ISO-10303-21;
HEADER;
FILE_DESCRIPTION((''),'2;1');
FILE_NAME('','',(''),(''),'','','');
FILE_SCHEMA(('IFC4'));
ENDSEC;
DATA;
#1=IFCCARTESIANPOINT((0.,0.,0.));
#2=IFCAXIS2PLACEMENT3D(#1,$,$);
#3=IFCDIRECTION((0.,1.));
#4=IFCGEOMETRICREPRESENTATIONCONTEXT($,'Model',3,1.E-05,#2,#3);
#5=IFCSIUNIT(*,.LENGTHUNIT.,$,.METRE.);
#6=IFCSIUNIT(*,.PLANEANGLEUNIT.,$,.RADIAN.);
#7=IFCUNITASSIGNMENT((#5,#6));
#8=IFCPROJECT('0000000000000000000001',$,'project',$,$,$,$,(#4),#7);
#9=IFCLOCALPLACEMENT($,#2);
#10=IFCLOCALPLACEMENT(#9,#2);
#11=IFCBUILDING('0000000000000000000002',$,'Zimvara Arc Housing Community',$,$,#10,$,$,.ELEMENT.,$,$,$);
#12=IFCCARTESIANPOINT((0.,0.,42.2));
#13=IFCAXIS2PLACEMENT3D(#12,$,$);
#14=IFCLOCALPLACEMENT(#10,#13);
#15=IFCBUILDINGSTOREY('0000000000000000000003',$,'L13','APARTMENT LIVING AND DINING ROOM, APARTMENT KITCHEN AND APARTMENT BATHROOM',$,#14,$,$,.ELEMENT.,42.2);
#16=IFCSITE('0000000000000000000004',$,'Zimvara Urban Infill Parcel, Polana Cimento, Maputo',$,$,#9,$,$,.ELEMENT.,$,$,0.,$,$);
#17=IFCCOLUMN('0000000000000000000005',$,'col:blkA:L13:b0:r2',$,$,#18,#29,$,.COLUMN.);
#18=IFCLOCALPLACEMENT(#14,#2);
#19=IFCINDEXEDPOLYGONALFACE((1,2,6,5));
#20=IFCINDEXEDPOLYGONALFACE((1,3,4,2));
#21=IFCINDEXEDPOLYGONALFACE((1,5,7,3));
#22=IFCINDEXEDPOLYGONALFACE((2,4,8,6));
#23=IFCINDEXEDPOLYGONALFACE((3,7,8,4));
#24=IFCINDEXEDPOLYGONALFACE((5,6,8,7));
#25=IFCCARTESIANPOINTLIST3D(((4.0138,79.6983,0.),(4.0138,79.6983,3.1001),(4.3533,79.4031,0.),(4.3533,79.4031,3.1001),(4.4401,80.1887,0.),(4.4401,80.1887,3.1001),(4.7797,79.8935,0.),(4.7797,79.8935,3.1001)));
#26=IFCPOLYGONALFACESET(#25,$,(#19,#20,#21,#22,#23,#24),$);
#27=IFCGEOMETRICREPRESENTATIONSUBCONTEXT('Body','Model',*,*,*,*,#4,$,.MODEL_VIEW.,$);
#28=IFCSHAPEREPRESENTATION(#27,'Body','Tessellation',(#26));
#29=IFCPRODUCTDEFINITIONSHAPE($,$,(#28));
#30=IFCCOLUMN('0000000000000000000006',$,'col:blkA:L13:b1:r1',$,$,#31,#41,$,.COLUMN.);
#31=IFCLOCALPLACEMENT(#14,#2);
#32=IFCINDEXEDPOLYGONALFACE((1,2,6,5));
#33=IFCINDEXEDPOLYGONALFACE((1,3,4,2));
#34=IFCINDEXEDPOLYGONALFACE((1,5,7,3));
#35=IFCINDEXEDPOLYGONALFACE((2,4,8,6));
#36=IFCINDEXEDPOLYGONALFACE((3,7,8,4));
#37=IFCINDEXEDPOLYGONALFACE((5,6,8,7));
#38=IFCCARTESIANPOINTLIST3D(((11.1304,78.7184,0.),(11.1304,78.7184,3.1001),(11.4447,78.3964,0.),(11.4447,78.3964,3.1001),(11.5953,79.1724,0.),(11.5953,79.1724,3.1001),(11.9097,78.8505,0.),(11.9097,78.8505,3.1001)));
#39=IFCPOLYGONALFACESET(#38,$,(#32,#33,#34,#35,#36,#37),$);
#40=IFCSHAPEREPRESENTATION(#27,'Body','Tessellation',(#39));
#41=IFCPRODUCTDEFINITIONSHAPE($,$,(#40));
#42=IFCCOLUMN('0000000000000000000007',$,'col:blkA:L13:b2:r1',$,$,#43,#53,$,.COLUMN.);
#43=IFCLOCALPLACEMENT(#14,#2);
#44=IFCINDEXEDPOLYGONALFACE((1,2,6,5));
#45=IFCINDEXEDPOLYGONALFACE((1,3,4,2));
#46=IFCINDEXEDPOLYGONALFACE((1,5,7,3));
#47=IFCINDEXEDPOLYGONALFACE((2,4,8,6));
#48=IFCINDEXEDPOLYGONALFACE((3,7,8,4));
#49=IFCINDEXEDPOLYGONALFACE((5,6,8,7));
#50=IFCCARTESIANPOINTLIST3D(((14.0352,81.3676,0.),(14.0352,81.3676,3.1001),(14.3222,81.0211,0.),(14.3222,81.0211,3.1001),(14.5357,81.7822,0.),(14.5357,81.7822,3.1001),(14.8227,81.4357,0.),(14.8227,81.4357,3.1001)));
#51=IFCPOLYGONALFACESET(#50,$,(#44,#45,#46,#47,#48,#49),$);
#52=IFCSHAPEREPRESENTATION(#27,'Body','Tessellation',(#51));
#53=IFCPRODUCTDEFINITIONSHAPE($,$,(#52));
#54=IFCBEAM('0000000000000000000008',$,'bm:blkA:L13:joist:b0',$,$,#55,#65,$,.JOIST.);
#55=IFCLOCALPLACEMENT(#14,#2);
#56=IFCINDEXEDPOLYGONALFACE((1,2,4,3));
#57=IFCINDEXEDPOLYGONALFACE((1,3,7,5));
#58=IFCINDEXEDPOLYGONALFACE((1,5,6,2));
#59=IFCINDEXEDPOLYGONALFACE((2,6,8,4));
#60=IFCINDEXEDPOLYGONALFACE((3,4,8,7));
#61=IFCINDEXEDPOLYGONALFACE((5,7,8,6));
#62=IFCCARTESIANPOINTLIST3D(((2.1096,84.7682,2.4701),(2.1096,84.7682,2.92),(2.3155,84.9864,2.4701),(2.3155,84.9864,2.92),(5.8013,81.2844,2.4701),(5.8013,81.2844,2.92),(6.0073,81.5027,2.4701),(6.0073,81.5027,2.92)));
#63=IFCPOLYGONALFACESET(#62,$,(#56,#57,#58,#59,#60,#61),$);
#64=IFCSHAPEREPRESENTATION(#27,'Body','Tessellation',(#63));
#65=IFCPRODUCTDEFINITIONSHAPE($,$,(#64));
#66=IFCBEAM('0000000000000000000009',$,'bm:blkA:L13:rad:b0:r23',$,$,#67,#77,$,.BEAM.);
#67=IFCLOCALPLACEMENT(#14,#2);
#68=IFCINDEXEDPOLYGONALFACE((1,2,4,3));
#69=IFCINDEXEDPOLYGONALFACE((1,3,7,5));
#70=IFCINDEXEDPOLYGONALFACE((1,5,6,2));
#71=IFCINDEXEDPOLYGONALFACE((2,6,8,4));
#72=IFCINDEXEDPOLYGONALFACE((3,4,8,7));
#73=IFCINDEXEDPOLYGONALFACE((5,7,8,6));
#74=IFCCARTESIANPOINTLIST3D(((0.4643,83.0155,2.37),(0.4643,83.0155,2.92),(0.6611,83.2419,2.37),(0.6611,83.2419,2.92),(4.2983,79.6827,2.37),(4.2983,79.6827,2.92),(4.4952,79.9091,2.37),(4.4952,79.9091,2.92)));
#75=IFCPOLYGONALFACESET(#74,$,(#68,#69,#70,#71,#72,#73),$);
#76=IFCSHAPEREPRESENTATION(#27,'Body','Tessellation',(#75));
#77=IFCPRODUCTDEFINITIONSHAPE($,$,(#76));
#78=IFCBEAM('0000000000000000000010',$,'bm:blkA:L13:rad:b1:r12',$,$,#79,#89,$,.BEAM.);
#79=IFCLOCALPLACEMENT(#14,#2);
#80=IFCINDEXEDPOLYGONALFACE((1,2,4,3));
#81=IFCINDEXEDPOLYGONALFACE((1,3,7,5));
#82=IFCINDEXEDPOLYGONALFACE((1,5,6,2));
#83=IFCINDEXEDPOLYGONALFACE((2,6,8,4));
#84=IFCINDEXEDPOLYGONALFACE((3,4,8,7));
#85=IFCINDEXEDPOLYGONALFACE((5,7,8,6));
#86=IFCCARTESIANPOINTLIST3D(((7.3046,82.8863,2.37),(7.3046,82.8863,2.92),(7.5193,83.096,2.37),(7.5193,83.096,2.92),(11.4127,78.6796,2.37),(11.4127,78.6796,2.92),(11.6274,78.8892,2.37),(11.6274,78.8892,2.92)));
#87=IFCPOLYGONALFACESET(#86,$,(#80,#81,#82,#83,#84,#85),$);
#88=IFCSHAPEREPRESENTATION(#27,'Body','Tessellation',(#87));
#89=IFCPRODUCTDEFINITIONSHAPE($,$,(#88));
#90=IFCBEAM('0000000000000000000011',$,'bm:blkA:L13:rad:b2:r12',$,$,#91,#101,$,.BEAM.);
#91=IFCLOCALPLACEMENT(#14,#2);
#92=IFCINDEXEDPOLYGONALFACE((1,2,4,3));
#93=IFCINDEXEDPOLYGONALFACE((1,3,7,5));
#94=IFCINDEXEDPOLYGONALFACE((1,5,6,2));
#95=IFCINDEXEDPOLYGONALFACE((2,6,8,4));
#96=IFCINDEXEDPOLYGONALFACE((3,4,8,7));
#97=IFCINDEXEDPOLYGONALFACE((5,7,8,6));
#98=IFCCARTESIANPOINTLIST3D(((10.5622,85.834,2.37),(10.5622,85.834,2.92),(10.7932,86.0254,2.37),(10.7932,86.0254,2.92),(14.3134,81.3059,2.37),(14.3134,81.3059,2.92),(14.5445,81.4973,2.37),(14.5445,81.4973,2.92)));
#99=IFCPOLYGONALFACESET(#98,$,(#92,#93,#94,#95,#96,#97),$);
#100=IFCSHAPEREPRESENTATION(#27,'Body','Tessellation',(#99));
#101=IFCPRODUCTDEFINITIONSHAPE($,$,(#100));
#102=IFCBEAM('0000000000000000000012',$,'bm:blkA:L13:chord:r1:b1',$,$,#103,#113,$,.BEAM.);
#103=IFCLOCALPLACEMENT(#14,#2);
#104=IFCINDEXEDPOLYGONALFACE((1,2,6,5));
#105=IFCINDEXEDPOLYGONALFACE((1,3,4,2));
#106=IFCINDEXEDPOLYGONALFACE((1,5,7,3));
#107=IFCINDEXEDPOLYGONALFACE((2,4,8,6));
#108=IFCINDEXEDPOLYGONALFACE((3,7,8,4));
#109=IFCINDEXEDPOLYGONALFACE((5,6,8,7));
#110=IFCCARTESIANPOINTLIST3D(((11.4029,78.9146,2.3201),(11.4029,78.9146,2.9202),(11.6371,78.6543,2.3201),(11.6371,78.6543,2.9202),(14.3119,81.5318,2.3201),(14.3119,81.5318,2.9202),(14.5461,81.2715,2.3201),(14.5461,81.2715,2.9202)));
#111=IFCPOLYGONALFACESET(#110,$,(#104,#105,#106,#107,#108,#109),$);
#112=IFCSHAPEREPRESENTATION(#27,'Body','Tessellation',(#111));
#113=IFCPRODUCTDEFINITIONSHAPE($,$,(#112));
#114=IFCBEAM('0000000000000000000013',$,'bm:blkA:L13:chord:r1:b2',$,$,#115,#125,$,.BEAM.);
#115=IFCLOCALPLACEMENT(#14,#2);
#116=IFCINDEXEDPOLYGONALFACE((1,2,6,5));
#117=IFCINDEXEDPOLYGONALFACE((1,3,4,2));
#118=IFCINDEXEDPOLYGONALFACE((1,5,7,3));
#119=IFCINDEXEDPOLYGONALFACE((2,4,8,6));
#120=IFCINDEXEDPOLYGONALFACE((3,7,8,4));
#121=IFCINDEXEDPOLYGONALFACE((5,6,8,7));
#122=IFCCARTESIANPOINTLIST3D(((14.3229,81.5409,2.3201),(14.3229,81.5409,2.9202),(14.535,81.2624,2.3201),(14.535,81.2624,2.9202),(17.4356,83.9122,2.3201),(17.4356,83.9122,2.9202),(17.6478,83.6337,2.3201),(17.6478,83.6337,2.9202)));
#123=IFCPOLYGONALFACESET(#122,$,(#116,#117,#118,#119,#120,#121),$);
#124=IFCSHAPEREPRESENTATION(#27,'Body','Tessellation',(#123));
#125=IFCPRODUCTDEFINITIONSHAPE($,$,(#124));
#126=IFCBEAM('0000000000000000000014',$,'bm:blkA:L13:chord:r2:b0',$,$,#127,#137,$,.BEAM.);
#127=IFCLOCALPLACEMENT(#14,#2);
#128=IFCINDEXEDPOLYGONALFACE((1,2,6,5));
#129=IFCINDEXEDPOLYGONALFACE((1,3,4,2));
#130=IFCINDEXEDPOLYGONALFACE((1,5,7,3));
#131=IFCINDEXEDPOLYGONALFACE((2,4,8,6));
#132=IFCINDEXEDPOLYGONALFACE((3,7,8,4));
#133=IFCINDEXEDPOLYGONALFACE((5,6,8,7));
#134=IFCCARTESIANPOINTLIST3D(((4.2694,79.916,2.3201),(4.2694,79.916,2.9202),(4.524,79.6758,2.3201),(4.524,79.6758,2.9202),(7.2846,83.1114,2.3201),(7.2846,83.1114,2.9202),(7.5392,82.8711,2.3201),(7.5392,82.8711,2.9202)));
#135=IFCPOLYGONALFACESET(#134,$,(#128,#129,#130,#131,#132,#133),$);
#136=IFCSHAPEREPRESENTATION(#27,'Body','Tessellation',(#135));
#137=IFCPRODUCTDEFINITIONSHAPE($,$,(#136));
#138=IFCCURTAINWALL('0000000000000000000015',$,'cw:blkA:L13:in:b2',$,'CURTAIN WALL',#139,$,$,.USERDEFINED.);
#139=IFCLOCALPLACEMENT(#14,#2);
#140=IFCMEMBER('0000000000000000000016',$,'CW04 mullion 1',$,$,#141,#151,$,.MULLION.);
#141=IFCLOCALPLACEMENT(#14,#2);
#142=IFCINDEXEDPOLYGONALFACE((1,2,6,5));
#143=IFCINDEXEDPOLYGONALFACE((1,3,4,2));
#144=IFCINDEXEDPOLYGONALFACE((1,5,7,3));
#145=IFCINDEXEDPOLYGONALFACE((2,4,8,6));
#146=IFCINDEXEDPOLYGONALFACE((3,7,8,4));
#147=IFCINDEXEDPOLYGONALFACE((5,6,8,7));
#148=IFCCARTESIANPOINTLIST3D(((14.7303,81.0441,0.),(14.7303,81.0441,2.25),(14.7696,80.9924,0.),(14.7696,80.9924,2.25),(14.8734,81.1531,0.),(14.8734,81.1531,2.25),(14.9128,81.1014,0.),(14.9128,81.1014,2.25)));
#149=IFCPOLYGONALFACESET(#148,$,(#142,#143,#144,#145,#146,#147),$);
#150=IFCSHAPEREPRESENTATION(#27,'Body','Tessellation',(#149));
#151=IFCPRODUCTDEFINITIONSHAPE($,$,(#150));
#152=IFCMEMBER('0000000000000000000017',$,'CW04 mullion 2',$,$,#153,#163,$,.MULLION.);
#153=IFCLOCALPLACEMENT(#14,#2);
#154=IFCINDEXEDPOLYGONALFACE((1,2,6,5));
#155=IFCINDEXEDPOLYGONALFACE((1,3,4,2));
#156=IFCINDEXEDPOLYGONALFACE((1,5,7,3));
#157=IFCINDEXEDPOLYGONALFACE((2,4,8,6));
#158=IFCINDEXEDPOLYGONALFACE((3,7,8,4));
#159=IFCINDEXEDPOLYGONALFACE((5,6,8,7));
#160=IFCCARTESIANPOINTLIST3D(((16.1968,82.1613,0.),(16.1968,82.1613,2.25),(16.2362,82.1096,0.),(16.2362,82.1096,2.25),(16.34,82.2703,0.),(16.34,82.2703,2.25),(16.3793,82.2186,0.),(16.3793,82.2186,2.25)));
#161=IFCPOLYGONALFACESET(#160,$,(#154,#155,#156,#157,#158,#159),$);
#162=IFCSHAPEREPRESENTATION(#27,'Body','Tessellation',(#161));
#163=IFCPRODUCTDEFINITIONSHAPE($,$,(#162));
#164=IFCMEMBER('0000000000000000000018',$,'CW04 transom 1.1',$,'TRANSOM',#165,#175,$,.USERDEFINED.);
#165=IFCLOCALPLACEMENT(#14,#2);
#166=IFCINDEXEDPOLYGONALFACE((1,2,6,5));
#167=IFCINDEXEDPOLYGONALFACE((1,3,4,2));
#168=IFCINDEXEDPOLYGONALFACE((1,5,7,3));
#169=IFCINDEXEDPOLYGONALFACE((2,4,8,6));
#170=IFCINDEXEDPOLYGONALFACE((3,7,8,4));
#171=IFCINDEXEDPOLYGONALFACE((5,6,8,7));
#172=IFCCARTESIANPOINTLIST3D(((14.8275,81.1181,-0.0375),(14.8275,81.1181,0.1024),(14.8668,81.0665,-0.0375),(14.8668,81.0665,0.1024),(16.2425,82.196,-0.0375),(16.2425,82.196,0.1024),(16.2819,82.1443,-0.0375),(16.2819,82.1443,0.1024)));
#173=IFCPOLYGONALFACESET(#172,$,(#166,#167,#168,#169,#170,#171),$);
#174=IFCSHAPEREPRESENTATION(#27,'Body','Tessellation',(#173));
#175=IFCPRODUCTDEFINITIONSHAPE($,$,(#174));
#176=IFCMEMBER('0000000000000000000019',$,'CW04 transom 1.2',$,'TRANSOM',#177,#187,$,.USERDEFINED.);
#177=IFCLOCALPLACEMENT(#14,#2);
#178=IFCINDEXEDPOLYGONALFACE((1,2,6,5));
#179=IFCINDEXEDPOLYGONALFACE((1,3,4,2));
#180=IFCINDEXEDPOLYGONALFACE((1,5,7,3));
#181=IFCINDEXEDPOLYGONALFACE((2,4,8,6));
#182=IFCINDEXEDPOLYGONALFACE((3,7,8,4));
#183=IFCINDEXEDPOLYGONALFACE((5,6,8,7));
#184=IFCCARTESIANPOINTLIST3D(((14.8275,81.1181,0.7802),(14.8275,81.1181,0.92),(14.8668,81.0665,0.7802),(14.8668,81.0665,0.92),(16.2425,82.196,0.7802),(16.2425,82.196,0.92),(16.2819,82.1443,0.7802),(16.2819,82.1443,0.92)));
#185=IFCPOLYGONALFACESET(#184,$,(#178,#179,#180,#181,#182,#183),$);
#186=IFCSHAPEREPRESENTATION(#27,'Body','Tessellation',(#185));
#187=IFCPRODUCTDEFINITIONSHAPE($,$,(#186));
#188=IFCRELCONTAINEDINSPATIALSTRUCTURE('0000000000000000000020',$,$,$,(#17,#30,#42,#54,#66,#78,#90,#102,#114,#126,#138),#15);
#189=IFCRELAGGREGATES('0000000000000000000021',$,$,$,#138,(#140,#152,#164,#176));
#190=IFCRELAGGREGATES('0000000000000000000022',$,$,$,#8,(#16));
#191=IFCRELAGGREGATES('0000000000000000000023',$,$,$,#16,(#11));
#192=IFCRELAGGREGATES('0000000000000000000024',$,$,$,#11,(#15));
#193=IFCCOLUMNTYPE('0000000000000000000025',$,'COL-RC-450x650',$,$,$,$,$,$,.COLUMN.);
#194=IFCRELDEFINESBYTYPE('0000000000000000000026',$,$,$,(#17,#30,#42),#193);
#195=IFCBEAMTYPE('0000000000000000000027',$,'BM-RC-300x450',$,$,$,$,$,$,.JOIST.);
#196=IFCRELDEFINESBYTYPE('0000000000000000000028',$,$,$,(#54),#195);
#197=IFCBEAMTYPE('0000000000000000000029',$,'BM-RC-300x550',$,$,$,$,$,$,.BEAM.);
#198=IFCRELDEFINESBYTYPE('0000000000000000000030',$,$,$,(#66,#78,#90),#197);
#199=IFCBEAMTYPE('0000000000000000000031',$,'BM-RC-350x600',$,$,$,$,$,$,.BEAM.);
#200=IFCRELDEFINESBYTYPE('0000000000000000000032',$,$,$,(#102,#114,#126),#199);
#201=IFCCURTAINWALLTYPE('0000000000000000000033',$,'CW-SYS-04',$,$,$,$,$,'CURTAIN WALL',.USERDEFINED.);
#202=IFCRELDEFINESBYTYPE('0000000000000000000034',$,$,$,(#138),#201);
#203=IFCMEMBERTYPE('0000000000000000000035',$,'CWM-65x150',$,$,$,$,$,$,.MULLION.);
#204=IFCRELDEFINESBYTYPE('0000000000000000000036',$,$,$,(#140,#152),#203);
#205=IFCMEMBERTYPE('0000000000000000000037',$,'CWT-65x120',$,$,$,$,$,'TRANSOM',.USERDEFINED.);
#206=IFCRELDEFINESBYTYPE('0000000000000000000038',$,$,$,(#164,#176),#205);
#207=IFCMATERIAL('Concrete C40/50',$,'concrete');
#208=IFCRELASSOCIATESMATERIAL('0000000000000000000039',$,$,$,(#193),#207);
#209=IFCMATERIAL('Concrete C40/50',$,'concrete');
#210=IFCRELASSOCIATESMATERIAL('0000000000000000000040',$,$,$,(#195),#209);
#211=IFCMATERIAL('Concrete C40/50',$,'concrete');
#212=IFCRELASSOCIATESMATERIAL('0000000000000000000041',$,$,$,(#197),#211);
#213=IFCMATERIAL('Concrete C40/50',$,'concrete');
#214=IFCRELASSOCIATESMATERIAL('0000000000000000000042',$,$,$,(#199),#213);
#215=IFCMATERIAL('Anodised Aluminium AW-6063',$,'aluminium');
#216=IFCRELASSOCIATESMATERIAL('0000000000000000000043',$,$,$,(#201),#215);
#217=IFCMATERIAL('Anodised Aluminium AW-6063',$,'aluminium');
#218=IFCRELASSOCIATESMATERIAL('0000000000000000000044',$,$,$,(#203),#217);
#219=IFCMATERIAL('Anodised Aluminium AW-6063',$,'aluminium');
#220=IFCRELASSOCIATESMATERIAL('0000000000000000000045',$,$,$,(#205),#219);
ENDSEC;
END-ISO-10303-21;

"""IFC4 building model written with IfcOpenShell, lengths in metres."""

from ifc_helpers import new_model, si_unit, direction, frame, origin, origin_2d, place, context, subcontext, project, spatial, rectangle, extrude, material, material_profile, profile_set, type_object, element, aggregate, save


model = new_model("IFC4")

# Units and contexts
model_context = context("Model", 3, precision=1e-05, world=origin(), true_north=direction((0.0, 1.0)))
body_context = subcontext(model_context, "Body", "Model", "MODEL_VIEW")
ifc_project = project(units=[si_unit("LENGTHUNIT", "METRE"), si_unit("PLANEANGLEUNIT", "RADIAN")], contexts=[model_context])

# Site, building, storey
site_placement = place(None, origin())
site = spatial("IfcSite", under=ifc_project, at=site_placement, Name="Zimvara Urban Infill Parcel, Polana Cimento, Maputo", CompositionType="ELEMENT", RefElevation=0.0)
building_placement = place(site_placement, origin())
building = spatial("IfcBuilding", under=site, at=building_placement, Name="Zimvara Arc Housing Community", CompositionType="ELEMENT")
storey_placement = place(building_placement, frame((0.0, 0.0, 42.2)))
storey = spatial("IfcBuildingStorey", under=building, at=storey_placement, Name="L13", Description="APARTMENT LIVING AND DINING ROOM, APARTMENT KITCHEN AND APARTMENT BATHROOM", CompositionType="ELEMENT", Elevation=42.2)

# Columns
ifc_material_1 = material(Name="Concrete C40/50", Category="concrete")
ifc_material_profile_1 = material_profile(ifc_material_1, rectangle(XDim=0.45, YDim=0.6499, at=origin_2d()), Name="RC 450x650")
ifc_profile_set_1 = profile_set([ifc_material_profile_1], Name="Concrete C40/50")
column_type = type_object("IfcColumnType", Name="COL-RC-450x650", PredefinedType="COLUMN", material=ifc_profile_set_1)
for number, where, z_axis, x_axis, name in (
    (1, (4.3967, 79.7959, 0.0), (0.0, 0.0, 1.0), (-0.75471, 0.656059, 0.0), "col:blkA:L13:b0:r2"),
    (2, (11.52, 78.7844, 0.0), (0.0, 0.0, 1.0), (-0.698665, 0.715449, 0.0), "col:blkA:L13:b1:r1"),
    (3, (14.429, 81.4016, 0.0), (0.0, 0.0, 1.0), (-0.637962, 0.770068, 0.0), "col:blkA:L13:b2:r1"),
):
    element("IfcColumn", number, at=place(storey_placement, frame(where, z_axis=z_axis, x_axis=x_axis)), inside=storey, type_object=column_type, Name=name, PredefinedType="COLUMN", context=body_context, shape_type="SweptSolid", body=[
        extrude(rectangle(XDim=0.45, YDim=0.6499, at=origin_2d()), origin(), (0.0, 0.0, 1.0), 3.1001),
    ])

# Beams
ifc_material_2 = material(Name="Concrete C40/50", Category="concrete")
ifc_material_profile_2 = material_profile(ifc_material_2, rectangle(XDim=0.3, YDim=0.45, at=origin_2d()), Name="RC 300x450")
ifc_profile_set_2 = profile_set([ifc_material_profile_2], Name="Concrete C40/50")
beam_type_1 = type_object("IfcBeamType", Name="BM-RC-300x450", PredefinedType="JOIST", material=ifc_profile_set_2)
beam_1_placement = place(storey_placement, frame((5.9043, 81.3936, 2.6951), z_axis=(-0.7273, 0.68632, 0.0), x_axis=(-0.68632, -0.7273, 0.0)))
element("IfcBeam", 4, at=beam_1_placement, inside=storey, type_object=beam_type_1, Name="bm:blkA:L13:joist:b0", PredefinedType="JOIST", context=body_context, shape_type="SweptSolid", body=[
    extrude(rectangle(XDim=0.3, YDim=0.45, at=origin_2d()), origin(), (0.0, 0.0, 1.0), 5.0759),
])
ifc_material_3 = material(Name="Concrete C40/50", Category="concrete")
ifc_material_profile_3 = material_profile(ifc_material_3, rectangle(XDim=0.3, YDim=0.55, at=origin_2d()), Name="RC 300x550")
ifc_profile_set_3 = profile_set([ifc_material_profile_3], Name="Concrete C40/50")
beam_type_2 = type_object("IfcBeamType", Name="BM-RC-300x550", PredefinedType="BEAM", material=ifc_profile_set_3)
beam_2_placement = place(storey_placement, frame((4.3967, 79.7959, 2.645), z_axis=(-0.754716, 0.656051, 0.0), x_axis=(-0.656051, -0.754716, 0.0)))
element("IfcBeam", 5, at=beam_2_placement, inside=storey, type_object=beam_type_2, Name="bm:blkA:L13:rad:b0:r23", PredefinedType="BEAM", context=body_context, shape_type="SweptSolid", body=[
    extrude(rectangle(XDim=0.3, YDim=0.55, at=origin_2d()), origin(), (0.0, 0.0, 1.0), 5.0801),
])
beam_3_placement = place(storey_placement, frame((11.52, 78.7844, 2.645), z_axis=(-0.69867, 0.715444, 0.0), x_axis=(-0.715444, -0.69867, 0.0)))
element("IfcBeam", 6, at=beam_3_placement, inside=storey, type_object=beam_type_2, Name="bm:blkA:L13:rad:b1:r12", PredefinedType="BEAM", context=body_context, shape_type="SweptSolid", body=[
    extrude(rectangle(XDim=0.3, YDim=0.55, at=origin_2d()), origin(), (0.0, 0.0, 1.0), 5.8799),
])
beam_4_placement = place(storey_placement, frame((14.429, 81.4016, 2.645), z_axis=(-0.637956, 0.770073, 0.0), x_axis=(-0.770073, -0.637956, 0.0)))
element("IfcBeam", 7, at=beam_4_placement, inside=storey, type_object=beam_type_2, Name="bm:blkA:L13:rad:b2:r12", PredefinedType="BEAM", context=body_context, shape_type="SweptSolid", body=[
    extrude(rectangle(XDim=0.3, YDim=0.55, at=origin_2d()), origin(), (0.0, 0.0, 1.0), 5.8801),
])
ifc_material_4 = material(Name="Concrete C40/50", Category="concrete")
ifc_material_profile_4 = material_profile(ifc_material_4, rectangle(XDim=0.3501, YDim=0.6001, at=origin_2d()), Name="RC 350x600")
ifc_profile_set_4 = profile_set([ifc_material_profile_4], Name="Concrete C40/50")
beam_type_3 = type_object("IfcBeamType", Name="BM-RC-350x600", PredefinedType="BEAM", material=ifc_profile_set_4)
for number, where, z_axis, x_axis, name in (
    (8, (11.52, 78.7844, 2.6201), (0.743403, 0.668844, 0.0), (-0.668844, 0.743403, 0.0), "bm:blkA:L13:chord:r1:b1"),
    (9, (14.429, 81.4016, 2.6201), (0.79547, 0.605992, 0.0), (-0.605992, 0.79547, 0.0), "bm:blkA:L13:chord:r1:b2"),
):
    element("IfcBeam", number, at=place(storey_placement, frame(where, z_axis=z_axis, x_axis=x_axis)), inside=storey, type_object=beam_type_3, Name=name, PredefinedType="BEAM", context=body_context, shape_type="SweptSolid", body=[
        extrude(rectangle(XDim=0.3501, YDim=0.6001, at=origin_2d()), origin(), (0.0, 0.0, 1.0), 3.9131),
    ])
beam_5_placement = place(storey_placement, frame((4.3967, 79.7959, 2.6201), z_axis=(0.686304, 0.727315, 0.0), x_axis=(-0.727315, 0.686304, 0.0)))
element("IfcBeam", 10, at=beam_5_placement, inside=storey, type_object=beam_type_3, Name="bm:blkA:L13:chord:r2:b0", PredefinedType="BEAM", context=body_context, shape_type="SweptSolid", body=[
    extrude(rectangle(XDim=0.3501, YDim=0.6001, at=origin_2d()), origin(), (0.0, 0.0, 1.0), 4.3933),
])

# Curtain wall, members
ifc_material_5 = material(Name="Anodised Aluminium AW-6063", Category="aluminium")
curtain_wall_type = type_object("IfcCurtainWallType", Name="CW-SYS-04", ElementType="CURTAIN WALL", PredefinedType="USERDEFINED", material=ifc_material_5)
curtain_wall_placement = place(storey_placement, origin())
curtain_wall = element("IfcCurtainWall", 11, at=curtain_wall_placement, inside=storey, type_object=curtain_wall_type, Name="cw:blkA:L13:in:b2", ObjectType="CURTAIN WALL", PredefinedType="USERDEFINED")
ifc_material_6 = material(Name="Anodised Aluminium AW-6063", Category="aluminium")
ifc_material_profile_5 = material_profile(ifc_material_6, rectangle(XDim=0.0649, YDim=0.1799, at=origin_2d()), Name="ALU 65x180")
ifc_profile_set_5 = profile_set([ifc_material_profile_5], Name="Anodised Aluminium AW-6063")
member_type_1 = type_object("IfcMemberType", Name="CWM-65x150", PredefinedType="MULLION", material=ifc_profile_set_5)
member_1_placement = place(storey_placement, frame((14.8215, 81.0728, 0.0), z_axis=(0.0, 0.0, 1.0), x_axis=(-0.605988, 0.795474, 0.0)))
member_1 = element("IfcMember", 12, at=member_1_placement, type_object=member_type_1, Name="CW04 mullion 1", PredefinedType="MULLION", context=body_context, shape_type="SweptSolid", body=[
    extrude(rectangle(XDim=0.0649, YDim=0.1799, at=origin_2d()), origin(), (0.0, 0.0, 1.0), 2.25),
])
member_2_placement = place(storey_placement, frame((16.2881, 82.1899, 0.0), z_axis=(0.0, 0.0, 1.0), x_axis=(-0.605988, 0.795474, 0.0)))
member_2 = element("IfcMember", 13, at=member_2_placement, type_object=member_type_1, Name="CW04 mullion 2", PredefinedType="MULLION", context=body_context, shape_type="SweptSolid", body=[
    extrude(rectangle(XDim=0.0649, YDim=0.1799, at=origin_2d()), origin(), (0.0, 0.0, 1.0), 2.25),
])
ifc_material_7 = material(Name="Anodised Aluminium AW-6063", Category="aluminium")
ifc_material_profile_6 = material_profile(ifc_material_7, rectangle(XDim=0.0649, YDim=0.1399, at=origin_2d()), Name="ALU 65x140")
ifc_profile_set_6 = profile_set([ifc_material_profile_6], Name="Anodised Aluminium AW-6063")
member_type_2 = type_object("IfcMemberType", Name="CWT-65x120", ElementType="TRANSOM", PredefinedType="USERDEFINED", material=ifc_profile_set_6)
member_3_placement = place(storey_placement, frame((14.8472, 81.0923, 0.0325), z_axis=(0.795498, 0.605956, 0.0), x_axis=(-0.605956, 0.795498, 0.0)))
member_3 = element("IfcMember", 14, at=member_3_placement, type_object=member_type_2, Name="CW04 transom 1.1", ObjectType="TRANSOM", PredefinedType="USERDEFINED", context=body_context, shape_type="SweptSolid", body=[
    extrude(rectangle(XDim=0.0649, YDim=0.1399, at=origin_2d()), origin(), (0.0, 0.0, 1.0), 1.7788),
])
member_4_placement = place(storey_placement, frame((14.8472, 81.0923, 0.8501), z_axis=(0.795498, 0.605956, 0.0), x_axis=(-0.605956, 0.795498, 0.0)))
member_4 = element("IfcMember", 15, at=member_4_placement, type_object=member_type_2, Name="CW04 transom 1.2", ObjectType="TRANSOM", PredefinedType="USERDEFINED", context=body_context, shape_type="SweptSolid", body=[
    extrude(rectangle(XDim=0.0649, YDim=0.1399, at=origin_2d()), origin(), (0.0, 0.0, 1.0), 1.7788),
])
aggregate(curtain_wall, [member_1, member_2, member_3, member_4])

save(model, "model.ifc")
